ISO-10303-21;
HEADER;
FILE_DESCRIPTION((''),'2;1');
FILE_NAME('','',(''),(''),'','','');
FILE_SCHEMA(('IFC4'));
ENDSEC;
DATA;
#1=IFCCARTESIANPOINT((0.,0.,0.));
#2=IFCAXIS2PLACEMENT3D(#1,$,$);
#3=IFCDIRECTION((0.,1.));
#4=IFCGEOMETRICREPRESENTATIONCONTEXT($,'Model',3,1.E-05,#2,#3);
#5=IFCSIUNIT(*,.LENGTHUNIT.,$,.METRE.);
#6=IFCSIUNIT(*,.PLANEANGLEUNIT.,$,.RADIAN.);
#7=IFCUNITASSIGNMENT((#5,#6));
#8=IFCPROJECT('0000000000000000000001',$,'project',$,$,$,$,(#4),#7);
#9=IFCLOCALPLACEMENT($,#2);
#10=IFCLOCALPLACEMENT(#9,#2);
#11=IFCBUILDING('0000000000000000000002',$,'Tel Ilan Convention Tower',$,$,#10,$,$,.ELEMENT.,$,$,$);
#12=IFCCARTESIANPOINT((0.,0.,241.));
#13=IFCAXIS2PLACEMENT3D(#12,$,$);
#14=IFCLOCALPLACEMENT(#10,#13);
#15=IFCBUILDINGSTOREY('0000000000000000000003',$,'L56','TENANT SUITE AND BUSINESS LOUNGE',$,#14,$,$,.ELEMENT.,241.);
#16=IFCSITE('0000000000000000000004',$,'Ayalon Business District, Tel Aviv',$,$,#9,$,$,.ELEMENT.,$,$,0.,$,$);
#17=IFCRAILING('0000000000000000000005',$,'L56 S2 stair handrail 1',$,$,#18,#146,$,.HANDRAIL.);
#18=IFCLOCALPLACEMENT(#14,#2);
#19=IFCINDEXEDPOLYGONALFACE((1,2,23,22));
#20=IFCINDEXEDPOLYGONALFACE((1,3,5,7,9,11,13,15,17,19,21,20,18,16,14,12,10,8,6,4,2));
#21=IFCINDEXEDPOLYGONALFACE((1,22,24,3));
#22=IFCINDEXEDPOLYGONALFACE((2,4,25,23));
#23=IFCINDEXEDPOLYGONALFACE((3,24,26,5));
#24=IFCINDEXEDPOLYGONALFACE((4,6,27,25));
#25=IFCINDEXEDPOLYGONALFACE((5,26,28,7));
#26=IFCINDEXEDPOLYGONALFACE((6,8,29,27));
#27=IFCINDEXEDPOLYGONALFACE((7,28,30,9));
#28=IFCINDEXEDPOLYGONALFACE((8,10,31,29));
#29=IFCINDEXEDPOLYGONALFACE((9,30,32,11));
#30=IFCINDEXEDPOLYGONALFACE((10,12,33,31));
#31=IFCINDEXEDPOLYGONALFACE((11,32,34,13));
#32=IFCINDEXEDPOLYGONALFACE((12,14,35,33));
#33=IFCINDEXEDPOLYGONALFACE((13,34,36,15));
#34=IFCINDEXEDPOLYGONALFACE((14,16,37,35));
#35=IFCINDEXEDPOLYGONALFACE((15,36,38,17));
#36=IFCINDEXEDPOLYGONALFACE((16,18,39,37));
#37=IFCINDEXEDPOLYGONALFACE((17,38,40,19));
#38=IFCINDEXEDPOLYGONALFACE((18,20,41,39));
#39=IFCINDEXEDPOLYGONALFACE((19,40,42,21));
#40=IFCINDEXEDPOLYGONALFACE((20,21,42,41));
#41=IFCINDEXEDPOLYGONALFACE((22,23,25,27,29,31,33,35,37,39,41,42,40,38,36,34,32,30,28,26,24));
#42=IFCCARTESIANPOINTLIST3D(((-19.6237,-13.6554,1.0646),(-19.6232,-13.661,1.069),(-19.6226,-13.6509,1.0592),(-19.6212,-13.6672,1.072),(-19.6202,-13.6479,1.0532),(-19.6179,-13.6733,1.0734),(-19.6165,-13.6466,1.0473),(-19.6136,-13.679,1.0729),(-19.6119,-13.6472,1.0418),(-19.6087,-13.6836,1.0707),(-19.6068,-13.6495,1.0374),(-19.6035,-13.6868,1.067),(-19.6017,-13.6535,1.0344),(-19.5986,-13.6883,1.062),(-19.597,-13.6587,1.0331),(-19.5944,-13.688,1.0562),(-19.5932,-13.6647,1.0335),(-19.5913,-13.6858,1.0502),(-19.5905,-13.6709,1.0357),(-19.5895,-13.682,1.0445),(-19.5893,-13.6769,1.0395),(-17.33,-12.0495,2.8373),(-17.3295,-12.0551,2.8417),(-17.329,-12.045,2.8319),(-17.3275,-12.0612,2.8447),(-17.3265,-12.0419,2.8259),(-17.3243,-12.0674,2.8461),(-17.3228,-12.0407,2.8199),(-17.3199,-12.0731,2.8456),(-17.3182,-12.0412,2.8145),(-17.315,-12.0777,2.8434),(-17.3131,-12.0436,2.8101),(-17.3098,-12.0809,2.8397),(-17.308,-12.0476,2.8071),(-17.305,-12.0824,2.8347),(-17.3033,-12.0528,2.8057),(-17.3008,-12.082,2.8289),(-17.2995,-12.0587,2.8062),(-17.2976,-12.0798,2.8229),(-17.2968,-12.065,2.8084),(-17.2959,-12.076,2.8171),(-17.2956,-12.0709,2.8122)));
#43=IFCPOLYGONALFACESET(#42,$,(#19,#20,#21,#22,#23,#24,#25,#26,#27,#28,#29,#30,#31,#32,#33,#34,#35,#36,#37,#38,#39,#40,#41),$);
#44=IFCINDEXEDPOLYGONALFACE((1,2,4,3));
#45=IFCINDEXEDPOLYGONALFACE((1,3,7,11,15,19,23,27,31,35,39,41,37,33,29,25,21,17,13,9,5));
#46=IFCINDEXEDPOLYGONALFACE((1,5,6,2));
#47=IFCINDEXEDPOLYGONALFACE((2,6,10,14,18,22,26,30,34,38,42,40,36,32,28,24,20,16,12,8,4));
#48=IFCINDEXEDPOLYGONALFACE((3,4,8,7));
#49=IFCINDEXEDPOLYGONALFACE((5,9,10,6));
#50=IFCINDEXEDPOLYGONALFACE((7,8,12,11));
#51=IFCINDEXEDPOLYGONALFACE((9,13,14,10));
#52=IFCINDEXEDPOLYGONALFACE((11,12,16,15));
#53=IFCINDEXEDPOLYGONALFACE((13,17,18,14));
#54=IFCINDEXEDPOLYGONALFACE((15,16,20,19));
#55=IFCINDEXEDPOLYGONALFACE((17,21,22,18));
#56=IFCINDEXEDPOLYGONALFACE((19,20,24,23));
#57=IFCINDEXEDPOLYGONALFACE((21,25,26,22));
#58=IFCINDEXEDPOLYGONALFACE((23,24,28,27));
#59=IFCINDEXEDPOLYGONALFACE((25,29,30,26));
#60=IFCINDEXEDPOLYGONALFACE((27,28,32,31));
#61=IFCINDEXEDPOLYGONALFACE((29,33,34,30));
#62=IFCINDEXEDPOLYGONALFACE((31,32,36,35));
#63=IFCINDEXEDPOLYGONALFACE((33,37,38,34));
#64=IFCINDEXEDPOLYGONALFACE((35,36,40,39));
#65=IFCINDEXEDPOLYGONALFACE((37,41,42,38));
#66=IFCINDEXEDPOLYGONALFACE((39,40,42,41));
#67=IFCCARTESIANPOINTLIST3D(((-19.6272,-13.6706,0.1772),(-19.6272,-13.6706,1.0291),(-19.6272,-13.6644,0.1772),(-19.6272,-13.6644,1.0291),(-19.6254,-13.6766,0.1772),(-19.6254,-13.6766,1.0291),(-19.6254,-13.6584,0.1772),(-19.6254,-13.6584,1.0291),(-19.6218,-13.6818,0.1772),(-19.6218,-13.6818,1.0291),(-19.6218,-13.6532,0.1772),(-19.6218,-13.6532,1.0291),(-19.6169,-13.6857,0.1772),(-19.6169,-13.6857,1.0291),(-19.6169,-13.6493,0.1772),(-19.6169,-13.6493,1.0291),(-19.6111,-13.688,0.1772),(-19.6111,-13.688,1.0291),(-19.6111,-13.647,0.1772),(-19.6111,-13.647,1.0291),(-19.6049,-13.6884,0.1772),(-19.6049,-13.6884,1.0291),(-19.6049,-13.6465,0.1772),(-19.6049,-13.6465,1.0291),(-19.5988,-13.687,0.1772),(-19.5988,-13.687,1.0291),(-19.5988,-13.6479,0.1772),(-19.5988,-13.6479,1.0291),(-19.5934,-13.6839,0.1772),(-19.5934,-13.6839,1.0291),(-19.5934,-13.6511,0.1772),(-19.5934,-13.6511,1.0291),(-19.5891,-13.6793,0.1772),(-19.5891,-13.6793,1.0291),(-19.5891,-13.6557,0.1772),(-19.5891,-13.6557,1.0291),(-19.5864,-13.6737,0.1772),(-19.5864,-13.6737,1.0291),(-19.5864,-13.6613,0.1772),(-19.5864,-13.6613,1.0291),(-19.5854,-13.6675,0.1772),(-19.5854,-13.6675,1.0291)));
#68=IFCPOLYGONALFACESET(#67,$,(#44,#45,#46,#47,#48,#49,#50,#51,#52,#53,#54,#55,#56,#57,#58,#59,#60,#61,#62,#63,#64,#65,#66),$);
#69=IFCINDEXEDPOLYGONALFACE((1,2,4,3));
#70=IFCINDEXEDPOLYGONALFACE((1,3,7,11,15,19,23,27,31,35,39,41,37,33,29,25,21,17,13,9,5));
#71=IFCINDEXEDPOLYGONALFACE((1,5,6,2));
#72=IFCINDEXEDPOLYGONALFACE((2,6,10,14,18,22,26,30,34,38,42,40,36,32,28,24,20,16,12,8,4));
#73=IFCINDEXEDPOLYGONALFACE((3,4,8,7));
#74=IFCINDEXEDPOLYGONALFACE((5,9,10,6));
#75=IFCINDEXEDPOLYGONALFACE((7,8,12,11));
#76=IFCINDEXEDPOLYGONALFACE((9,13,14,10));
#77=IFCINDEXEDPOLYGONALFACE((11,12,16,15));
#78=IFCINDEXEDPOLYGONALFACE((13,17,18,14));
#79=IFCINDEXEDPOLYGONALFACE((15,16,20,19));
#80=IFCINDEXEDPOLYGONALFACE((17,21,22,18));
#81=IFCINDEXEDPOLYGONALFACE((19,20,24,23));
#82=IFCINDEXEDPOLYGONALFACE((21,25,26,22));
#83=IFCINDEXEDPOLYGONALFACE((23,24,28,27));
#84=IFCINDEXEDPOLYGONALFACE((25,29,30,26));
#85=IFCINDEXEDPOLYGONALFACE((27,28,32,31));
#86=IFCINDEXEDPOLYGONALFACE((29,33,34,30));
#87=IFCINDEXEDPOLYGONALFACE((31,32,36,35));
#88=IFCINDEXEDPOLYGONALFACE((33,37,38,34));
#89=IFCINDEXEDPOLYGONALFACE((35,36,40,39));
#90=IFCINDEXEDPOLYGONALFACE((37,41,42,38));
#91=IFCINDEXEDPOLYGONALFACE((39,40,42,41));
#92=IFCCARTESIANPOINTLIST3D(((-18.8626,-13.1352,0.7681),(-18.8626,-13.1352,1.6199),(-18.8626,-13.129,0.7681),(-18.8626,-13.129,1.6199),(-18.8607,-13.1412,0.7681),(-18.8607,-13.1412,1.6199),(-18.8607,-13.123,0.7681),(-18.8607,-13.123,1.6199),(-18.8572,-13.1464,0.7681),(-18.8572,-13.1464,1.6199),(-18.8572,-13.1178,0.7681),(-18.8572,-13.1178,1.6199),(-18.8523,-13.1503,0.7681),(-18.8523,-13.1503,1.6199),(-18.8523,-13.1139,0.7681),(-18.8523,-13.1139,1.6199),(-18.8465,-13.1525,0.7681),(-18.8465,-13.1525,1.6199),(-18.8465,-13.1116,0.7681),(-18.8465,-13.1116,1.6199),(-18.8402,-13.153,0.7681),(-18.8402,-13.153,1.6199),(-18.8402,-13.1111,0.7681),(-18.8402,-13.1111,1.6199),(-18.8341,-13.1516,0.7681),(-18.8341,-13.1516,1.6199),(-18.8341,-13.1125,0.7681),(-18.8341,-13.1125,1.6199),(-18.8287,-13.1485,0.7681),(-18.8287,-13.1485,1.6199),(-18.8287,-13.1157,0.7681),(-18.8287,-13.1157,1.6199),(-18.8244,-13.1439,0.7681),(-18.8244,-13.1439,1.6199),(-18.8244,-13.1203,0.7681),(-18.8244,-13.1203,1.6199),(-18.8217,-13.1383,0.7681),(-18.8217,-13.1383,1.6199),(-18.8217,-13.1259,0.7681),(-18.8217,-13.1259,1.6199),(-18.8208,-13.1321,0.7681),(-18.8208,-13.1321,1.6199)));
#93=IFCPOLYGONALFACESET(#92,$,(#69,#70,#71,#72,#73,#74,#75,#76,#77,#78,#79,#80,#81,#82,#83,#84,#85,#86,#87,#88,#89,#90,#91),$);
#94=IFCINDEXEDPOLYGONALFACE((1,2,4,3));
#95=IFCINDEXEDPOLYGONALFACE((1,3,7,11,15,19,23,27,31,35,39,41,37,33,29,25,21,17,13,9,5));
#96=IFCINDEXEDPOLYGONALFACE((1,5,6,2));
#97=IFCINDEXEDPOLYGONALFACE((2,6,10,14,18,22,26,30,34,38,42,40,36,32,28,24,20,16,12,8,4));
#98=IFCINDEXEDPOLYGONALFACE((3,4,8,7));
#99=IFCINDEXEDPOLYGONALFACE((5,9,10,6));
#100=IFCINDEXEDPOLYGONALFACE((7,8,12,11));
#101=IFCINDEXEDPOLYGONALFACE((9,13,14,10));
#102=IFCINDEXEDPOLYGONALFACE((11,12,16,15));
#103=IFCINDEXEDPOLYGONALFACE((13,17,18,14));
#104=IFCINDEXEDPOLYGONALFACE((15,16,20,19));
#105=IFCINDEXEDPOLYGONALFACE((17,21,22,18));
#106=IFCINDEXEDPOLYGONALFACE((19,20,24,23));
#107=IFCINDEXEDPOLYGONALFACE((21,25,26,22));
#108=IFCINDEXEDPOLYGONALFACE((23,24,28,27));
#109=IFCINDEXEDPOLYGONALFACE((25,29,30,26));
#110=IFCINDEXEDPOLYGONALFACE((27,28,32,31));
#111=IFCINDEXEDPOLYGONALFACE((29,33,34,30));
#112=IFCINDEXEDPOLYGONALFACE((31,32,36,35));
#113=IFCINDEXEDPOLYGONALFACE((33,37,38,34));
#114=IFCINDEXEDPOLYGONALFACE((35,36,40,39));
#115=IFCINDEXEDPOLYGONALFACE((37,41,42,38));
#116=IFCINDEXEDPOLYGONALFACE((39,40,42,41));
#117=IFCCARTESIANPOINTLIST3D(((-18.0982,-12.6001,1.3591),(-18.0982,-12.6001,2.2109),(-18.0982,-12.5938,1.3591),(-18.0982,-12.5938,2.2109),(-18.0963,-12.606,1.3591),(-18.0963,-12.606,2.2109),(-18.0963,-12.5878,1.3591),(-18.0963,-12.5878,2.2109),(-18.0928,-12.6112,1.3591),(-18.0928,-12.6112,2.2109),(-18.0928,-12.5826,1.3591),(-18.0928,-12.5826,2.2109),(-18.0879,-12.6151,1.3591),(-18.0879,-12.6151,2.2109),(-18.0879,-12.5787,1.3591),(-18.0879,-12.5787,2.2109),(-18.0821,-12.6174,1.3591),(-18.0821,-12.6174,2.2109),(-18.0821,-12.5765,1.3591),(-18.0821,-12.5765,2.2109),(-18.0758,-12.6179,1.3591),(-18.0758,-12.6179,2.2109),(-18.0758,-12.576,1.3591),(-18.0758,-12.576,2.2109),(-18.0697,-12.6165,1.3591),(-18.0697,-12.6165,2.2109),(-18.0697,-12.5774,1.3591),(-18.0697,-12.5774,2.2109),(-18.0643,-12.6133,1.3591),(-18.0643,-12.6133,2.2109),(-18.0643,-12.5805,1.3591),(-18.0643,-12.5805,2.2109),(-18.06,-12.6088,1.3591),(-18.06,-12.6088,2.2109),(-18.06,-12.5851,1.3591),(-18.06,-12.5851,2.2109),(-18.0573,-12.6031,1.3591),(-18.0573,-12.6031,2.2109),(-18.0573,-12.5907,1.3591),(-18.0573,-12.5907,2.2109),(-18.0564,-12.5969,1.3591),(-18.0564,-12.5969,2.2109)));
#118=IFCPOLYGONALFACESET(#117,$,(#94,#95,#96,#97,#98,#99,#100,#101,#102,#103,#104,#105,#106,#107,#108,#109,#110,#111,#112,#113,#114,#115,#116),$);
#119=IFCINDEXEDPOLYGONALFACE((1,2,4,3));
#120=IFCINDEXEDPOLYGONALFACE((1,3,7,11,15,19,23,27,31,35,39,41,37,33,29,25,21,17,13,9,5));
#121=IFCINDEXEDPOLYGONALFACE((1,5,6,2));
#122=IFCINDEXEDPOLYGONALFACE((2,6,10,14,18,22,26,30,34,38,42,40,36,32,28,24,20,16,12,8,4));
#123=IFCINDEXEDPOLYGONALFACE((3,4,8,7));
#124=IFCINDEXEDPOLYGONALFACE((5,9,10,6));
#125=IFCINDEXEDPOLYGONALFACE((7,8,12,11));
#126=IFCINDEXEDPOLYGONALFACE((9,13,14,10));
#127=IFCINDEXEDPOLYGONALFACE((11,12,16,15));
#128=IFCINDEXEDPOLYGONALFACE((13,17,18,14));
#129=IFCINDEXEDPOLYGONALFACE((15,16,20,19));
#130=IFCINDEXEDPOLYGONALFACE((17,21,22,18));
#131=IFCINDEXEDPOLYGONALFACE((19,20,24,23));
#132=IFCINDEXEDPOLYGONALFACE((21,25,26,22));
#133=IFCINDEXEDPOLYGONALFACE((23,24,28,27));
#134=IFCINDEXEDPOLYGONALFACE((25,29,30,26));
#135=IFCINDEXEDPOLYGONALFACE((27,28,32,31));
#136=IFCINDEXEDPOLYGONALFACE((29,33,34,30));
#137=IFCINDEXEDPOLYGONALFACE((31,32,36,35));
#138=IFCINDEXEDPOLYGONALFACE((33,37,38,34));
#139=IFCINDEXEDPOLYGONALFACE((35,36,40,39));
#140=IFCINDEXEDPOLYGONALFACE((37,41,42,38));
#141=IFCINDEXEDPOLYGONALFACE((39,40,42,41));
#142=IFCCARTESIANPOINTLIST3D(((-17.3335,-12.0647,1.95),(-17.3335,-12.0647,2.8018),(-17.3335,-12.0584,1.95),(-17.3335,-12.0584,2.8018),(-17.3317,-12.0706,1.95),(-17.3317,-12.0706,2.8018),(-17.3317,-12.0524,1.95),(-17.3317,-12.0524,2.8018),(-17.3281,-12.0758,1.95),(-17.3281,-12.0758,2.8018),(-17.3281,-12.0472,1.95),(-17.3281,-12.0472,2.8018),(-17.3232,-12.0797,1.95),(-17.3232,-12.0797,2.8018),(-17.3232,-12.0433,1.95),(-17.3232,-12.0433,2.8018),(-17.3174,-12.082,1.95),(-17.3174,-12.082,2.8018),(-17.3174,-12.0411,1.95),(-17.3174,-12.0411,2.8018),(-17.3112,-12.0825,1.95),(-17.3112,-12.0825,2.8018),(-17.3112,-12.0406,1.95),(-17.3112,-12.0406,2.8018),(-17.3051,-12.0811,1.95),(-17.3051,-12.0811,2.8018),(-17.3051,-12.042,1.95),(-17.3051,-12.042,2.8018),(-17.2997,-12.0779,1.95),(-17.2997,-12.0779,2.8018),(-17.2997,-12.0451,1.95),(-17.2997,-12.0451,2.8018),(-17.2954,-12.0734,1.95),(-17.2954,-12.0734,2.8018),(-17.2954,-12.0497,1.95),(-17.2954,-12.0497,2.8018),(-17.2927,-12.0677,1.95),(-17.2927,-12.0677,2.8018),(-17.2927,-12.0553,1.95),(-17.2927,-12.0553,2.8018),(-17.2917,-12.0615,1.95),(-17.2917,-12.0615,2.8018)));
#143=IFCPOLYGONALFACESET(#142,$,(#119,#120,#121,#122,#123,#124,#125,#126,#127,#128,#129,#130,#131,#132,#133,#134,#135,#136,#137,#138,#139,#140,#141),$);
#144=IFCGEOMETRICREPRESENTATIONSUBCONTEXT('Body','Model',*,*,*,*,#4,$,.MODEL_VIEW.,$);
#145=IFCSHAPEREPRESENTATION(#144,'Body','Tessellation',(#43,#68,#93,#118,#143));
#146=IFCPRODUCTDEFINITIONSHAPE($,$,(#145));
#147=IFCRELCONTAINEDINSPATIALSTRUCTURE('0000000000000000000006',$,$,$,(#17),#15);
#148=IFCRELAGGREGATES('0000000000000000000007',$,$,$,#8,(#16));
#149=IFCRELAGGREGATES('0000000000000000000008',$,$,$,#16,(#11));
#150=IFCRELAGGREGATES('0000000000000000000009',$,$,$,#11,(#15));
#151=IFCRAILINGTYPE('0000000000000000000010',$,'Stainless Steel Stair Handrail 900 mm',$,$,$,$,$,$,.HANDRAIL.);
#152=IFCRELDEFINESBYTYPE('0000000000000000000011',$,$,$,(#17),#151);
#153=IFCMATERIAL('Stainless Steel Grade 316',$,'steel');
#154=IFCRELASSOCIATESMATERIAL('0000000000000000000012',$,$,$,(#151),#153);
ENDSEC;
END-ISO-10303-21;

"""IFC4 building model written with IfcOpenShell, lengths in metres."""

from ifc_helpers import new_model, si_unit, direction, frame, origin, origin_2d, place, context, subcontext, project, spatial, circle, extrude, material, type_object, element, save


model = new_model("IFC4")

# Units and contexts
model_context = context("Model", 3, precision=1e-05, world=origin(), true_north=direction((0.0, 1.0)))
body_context = subcontext(model_context, "Body", "Model", "MODEL_VIEW")
ifc_project = project(units=[si_unit("LENGTHUNIT", "METRE"), si_unit("PLANEANGLEUNIT", "RADIAN")], contexts=[model_context])

# Site, building, storey
site_placement = place(None, origin())
site = spatial("IfcSite", under=ifc_project, at=site_placement, Name="Ayalon Business District, Tel Aviv", CompositionType="ELEMENT", RefElevation=0.0)
building_placement = place(site_placement, origin())
building = spatial("IfcBuilding", under=site, at=building_placement, Name="Tel Ilan Convention Tower", CompositionType="ELEMENT")
storey_placement = place(building_placement, frame((0.0, 0.0, 241.0)))
storey = spatial("IfcBuildingStorey", under=building, at=storey_placement, Name="L56", Description="TENANT SUITE AND BUSINESS LOUNGE", CompositionType="ELEMENT", Elevation=241.0)

# Railing
ifc_material_1 = material(Name="Stainless Steel Grade 316", Category="steel")
railing_type = type_object("IfcRailingType", Name="Stainless Steel Stair Handrail 900 mm", PredefinedType="HANDRAIL", material=ifc_material_1)
railing_placement = place(storey_placement, frame((-19.6064, -13.6675, 0.1772)))
element("IfcRailing", 1, at=railing_placement, inside=storey, type_object=railing_type, Name="L56 S2 stair handrail 1", PredefinedType="HANDRAIL", context=body_context, shape_type="SweptSolid", body=[
    extrude(circle(Radius=0.0239, at=origin_2d()), frame((0.0, 0.0, 0.876), z_axis=(0.692123, 0.484597, 0.534913), x_axis=(-0.57355, 0.81917, 0.0)), (0.0, 0.0, 1.0), 3.314),
    extrude(circle(Radius=0.021, at=origin_2d()), origin(), (0.0, 0.0, 1.0), 0.8518),
    extrude(circle(Radius=0.021, at=origin_2d()), frame((0.7646, 0.5354, 0.5908)), (0.0, 0.0, 1.0), 0.8518),
    extrude(circle(Radius=0.021, at=origin_2d()), frame((1.5291, 1.0706, 1.1819)), (0.0, 0.0, 1.0), 0.8518),
    extrude(circle(Radius=0.021, at=origin_2d()), frame((2.2937, 1.606, 1.7727)), (0.0, 0.0, 1.0), 0.8518),
])

save(model, "model.ifc")
